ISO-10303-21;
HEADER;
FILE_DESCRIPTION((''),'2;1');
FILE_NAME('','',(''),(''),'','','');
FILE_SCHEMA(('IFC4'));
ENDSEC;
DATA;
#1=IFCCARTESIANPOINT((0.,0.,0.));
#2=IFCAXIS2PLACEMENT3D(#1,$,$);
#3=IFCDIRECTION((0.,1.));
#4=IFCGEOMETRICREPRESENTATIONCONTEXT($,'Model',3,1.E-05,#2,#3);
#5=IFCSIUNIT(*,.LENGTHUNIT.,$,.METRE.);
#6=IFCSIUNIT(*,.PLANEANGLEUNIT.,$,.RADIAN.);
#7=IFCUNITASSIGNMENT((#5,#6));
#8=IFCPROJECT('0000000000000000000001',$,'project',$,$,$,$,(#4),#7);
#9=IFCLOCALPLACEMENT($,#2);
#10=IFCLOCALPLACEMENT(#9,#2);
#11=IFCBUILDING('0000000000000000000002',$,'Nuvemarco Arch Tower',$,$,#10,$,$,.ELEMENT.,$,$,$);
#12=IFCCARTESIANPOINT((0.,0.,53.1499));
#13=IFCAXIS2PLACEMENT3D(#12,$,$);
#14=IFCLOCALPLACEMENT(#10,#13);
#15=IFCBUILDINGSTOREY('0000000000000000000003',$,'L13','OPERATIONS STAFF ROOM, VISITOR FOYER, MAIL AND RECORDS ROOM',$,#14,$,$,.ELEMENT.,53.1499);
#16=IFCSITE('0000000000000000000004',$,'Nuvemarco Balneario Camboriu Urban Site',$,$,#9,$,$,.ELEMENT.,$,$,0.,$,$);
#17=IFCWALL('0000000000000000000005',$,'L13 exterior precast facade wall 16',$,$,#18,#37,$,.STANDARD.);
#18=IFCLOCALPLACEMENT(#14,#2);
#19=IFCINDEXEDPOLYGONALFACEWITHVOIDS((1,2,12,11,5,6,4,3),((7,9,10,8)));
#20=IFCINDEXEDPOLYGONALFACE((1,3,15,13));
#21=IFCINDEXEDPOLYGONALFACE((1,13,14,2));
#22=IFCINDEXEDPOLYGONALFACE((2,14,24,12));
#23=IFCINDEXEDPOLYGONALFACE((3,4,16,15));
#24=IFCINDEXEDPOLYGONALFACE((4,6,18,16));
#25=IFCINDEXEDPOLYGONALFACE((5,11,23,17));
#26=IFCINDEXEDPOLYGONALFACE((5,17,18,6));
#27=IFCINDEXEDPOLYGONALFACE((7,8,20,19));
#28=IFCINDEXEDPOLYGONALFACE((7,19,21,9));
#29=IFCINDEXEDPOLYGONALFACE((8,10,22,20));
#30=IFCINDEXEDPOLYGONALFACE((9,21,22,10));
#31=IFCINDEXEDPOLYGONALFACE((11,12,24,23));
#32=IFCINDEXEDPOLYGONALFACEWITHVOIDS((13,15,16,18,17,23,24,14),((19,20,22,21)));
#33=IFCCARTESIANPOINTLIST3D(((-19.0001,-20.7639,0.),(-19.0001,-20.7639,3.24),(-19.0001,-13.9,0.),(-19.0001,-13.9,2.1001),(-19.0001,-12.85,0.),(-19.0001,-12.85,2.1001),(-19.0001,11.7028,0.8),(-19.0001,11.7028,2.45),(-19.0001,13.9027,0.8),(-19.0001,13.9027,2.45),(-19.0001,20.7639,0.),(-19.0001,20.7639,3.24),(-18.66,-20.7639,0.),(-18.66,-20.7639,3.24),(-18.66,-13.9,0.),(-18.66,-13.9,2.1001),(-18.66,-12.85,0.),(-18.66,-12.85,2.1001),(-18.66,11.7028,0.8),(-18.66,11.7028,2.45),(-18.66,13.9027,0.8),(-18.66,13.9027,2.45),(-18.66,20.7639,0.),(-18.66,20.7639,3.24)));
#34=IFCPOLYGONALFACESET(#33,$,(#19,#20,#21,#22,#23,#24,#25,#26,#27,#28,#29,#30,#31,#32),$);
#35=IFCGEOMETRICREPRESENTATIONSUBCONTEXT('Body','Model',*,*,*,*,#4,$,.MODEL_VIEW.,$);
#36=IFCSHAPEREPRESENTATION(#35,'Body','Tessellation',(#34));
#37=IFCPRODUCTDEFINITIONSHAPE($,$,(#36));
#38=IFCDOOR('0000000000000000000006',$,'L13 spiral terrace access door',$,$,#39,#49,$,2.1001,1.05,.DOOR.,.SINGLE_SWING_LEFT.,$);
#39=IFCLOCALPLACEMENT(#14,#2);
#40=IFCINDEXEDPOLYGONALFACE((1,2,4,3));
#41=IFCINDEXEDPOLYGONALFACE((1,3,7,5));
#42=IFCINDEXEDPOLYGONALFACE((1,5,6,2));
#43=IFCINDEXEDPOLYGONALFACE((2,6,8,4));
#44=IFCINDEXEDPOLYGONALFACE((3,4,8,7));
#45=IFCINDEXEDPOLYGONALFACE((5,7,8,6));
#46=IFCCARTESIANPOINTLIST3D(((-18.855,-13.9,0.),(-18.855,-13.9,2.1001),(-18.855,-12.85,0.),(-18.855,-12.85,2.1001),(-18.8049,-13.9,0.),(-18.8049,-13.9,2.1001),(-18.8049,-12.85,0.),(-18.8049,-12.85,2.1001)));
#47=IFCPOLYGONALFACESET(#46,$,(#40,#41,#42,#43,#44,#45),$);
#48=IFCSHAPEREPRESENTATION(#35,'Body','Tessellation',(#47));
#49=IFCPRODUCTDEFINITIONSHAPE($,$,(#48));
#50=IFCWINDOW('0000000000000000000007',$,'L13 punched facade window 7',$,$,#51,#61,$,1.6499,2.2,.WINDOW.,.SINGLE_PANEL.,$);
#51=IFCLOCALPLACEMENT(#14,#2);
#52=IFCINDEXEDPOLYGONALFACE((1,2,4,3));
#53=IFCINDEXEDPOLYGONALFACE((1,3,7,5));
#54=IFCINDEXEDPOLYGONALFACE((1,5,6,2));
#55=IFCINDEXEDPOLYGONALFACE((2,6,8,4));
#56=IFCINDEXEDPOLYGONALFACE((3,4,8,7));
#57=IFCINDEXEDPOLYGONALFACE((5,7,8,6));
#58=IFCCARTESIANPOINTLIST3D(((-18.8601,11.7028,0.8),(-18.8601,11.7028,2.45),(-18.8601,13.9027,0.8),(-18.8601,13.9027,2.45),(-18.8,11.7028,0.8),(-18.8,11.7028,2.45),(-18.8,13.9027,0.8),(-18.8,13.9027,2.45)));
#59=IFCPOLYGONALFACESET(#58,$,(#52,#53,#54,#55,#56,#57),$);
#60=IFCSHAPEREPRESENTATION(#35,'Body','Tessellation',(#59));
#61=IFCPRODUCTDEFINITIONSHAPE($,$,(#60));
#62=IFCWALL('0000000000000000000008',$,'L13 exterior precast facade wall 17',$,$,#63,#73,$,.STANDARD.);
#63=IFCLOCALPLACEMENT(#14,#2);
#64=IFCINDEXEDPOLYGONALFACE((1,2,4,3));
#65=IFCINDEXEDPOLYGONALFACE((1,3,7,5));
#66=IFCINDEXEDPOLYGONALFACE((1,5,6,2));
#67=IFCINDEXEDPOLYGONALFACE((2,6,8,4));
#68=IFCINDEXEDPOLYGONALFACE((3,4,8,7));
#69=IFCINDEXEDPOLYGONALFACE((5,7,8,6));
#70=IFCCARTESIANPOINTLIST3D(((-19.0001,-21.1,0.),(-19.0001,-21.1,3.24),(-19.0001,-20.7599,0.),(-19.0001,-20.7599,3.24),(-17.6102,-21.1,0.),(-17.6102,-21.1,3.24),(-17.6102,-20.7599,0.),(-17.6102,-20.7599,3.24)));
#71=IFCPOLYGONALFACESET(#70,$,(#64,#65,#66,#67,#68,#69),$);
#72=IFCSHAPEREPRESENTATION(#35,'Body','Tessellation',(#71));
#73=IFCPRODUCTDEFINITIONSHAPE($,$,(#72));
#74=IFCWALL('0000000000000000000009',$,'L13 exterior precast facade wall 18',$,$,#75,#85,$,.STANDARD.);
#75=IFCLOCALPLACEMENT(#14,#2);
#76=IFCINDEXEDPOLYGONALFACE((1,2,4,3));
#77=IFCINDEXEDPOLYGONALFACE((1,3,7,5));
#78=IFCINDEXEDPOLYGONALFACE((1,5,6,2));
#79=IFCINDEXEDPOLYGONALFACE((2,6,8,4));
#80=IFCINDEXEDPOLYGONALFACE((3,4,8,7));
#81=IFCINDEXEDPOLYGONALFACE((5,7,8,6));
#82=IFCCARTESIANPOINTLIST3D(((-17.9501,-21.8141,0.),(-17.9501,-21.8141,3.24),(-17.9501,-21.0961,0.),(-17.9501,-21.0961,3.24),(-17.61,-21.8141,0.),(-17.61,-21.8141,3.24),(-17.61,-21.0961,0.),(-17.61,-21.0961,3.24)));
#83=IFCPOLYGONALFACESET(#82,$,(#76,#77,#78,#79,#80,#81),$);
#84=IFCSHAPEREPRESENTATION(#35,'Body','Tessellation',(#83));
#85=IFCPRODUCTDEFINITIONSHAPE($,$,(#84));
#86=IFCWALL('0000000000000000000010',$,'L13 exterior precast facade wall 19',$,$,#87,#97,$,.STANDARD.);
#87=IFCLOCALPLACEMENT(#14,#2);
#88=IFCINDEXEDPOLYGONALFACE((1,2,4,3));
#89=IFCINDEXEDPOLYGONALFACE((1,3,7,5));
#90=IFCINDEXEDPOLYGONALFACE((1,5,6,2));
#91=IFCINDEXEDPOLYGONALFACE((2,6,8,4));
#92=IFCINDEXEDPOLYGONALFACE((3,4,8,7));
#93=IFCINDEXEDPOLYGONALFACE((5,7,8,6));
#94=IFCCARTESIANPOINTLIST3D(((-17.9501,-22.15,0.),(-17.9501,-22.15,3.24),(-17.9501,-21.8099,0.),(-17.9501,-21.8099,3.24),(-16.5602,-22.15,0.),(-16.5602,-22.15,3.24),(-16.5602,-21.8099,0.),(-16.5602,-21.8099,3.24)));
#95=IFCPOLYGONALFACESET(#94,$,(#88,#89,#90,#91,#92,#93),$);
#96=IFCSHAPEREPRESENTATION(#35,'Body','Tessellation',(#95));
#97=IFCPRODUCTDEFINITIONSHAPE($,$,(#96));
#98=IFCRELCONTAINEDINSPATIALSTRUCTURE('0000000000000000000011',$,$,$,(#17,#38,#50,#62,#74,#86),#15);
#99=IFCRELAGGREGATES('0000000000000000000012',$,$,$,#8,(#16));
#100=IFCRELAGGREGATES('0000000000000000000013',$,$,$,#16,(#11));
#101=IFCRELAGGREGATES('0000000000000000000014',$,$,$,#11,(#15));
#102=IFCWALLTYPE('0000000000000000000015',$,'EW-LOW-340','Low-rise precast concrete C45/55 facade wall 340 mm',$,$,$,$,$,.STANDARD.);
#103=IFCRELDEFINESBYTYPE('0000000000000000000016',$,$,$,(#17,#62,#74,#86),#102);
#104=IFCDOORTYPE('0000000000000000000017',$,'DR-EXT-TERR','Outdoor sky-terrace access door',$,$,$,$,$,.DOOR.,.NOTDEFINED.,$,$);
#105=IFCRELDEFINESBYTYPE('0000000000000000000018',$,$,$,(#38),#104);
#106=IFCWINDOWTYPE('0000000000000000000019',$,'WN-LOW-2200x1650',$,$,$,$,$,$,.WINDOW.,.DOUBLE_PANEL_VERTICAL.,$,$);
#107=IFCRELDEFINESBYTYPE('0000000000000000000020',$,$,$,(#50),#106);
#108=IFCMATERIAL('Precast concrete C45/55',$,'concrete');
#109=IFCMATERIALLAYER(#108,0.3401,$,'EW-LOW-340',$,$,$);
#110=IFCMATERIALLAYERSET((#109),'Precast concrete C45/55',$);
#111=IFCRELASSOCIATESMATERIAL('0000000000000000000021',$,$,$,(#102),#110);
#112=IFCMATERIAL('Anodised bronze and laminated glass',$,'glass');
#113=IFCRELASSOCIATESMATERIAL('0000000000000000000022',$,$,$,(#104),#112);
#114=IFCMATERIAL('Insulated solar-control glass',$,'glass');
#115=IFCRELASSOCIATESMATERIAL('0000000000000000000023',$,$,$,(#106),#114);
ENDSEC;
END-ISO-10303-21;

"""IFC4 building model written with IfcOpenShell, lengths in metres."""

from ifc_helpers import new_model, si_unit, direction, frame, frame_2d, origin, place, context, subcontext, project, spatial, rectangle, extrude, source, transform, mapped, material, layer, layer_set, type_object, type_shapes, element, fill, save


model = new_model("IFC4")

# Units and contexts
model_context = context("Model", 3, precision=1e-05, world=origin(), true_north=direction((0.0, 1.0)))
body_context = subcontext(model_context, "Body", "Model", "MODEL_VIEW")
ifc_project = project(units=[si_unit("LENGTHUNIT", "METRE"), si_unit("PLANEANGLEUNIT", "RADIAN")], contexts=[model_context])

# Site, building, storey
site_placement = place(None, origin())
site = spatial("IfcSite", under=ifc_project, at=site_placement, Name="Nuvemarco Balneario Camboriu Urban Site", CompositionType="ELEMENT", RefElevation=0.0)
building_placement = place(site_placement, origin())
building = spatial("IfcBuilding", under=site, at=building_placement, Name="Nuvemarco Arch Tower", CompositionType="ELEMENT")
storey_placement = place(building_placement, frame((0.0, 0.0, 53.1499)))
storey = spatial("IfcBuildingStorey", under=building, at=storey_placement, Name="L13", Description="OPERATIONS STAFF ROOM, VISITOR FOYER, MAIL AND RECORDS ROOM", CompositionType="ELEMENT", Elevation=53.1499)

# Shared definitions
ifc_material_1 = material(Name="Precast concrete C45/55", Category="concrete")

# Shared definitions
ifc_layer_1 = layer(ifc_material_1, 0.3401, Name="EW-LOW-340")
ifc_layer_set_1 = layer_set([ifc_layer_1], Name="Precast concrete C45/55")
wall_type = type_object("IfcWallType", Name="EW-LOW-340", Description="Low-rise precast concrete C45/55 facade wall 340 mm", PredefinedType="STANDARD", material=ifc_layer_set_1)
ifc_material_2 = material(Name="Insulated solar-control glass", Category="glass")

# Wall, openings, door, window
wall_1_placement = place(storey_placement, frame((-18.8301, -20.7639, 0.0), z_axis=(0.0, 0.0, 1.0), x_axis=(0.0, 1.0, 0.0)))
wall_1 = element("IfcWall", 1, at=wall_1_placement, inside=storey, type_object=wall_type, Name="L13 exterior precast facade wall 16", PredefinedType="STANDARD", context=body_context, shape_type="SweptSolid", body=[
    extrude(rectangle(XDim=41.5278, YDim=0.3401, at=frame_2d((20.7639, 0.0))), origin(), (0.0, 0.0, 1.0), 3.24),
])
opening_1_placement = place(wall_1_placement, frame((6.864, 0.0, 0.0)))
opening_1 = element("IfcOpeningElement", 2, at=opening_1_placement, cuts=wall_1, PredefinedType="OPENING", context=body_context, shape_type="SweptSolid", body=[
    extrude(rectangle(XDim=1.05, YDim=2.1001, at=frame_2d((0.5249, 1.05))), frame((0.0, 0.1799, 0.0), z_axis=(0.0, -1.0, 0.0), x_axis=(1.0, 0.0, 0.0)), (0.0, 0.0, 1.0), 0.3601),
])
opening_2_placement = place(wall_1_placement, frame((32.4666, 0.0, 0.8)))
opening_2 = element("IfcOpeningElement", 3, at=opening_2_placement, cuts=wall_1, PredefinedType="OPENING", context=body_context, shape_type="SweptSolid", body=[
    extrude(rectangle(XDim=2.2, YDim=1.6499, at=frame_2d((1.1001, 0.825))), frame((0.0, 0.1799, 0.0), z_axis=(0.0, -1.0, 0.0), x_axis=(1.0, 0.0, 0.0)), (0.0, 0.0, 1.0), 0.3601),
])
ifc_material_3 = material(Name="Anodised bronze and laminated glass", Category="glass")
door_type = type_object("IfcDoorType", Name="DR-EXT-TERR", Description="Outdoor sky-terrace access door", OperationType="NOTDEFINED", PredefinedType="DOOR", material=ifc_material_3)
shared_shape_1 = source(origin(), body_context, "Body", "SweptSolid", [
    extrude(rectangle(XDim=1.05, YDim=2.1001, at=frame_2d((0.5249, 1.05))), frame((0.0, 0.0249, 0.0), z_axis=(0.0, -1.0, 0.0), x_axis=(1.0, 0.0, 0.0)), (0.0, 0.0, 1.0), 0.05),
])
type_shapes(door_type, [shared_shape_1])
door_placement = place(opening_1_placement, origin())
door = element("IfcDoor", 4, at=door_placement, inside=storey, type_object=door_type, Name="L13 spiral terrace access door", OperationType="SINGLE_SWING_LEFT", OverallHeight=2.1001, OverallWidth=1.05, PredefinedType="DOOR", context=body_context, shape_type="MappedRepresentation", body=[
    mapped(shared_shape_1, transform((0.0, 0.0, 0.0), scale=1.0)),
])
fill(opening_1, door)
window_type_1 = type_object("IfcWindowType", Name="WN-LOW-2200x1650", PartitioningType="DOUBLE_PANEL_VERTICAL", PredefinedType="WINDOW", material=ifc_material_2)
shared_shape_2 = source(origin(), body_context, "Body", "SweptSolid", [
    extrude(rectangle(XDim=2.2, YDim=1.6499, at=frame_2d((1.1001, 0.825))), frame((0.0, 0.03, 0.0), z_axis=(0.0, -1.0, 0.0), x_axis=(1.0, 0.0, 0.0)), (0.0, 0.0, 1.0), 0.0601),
])
type_shapes(window_type_1, [shared_shape_2])
window_1_placement = place(opening_2_placement, origin())
window_1 = element("IfcWindow", 5, at=window_1_placement, inside=storey, type_object=window_type_1, Name="L13 punched facade window 7", OverallHeight=1.6499, OverallWidth=2.2, PartitioningType="SINGLE_PANEL", PredefinedType="WINDOW", context=body_context, shape_type="MappedRepresentation", body=[
    mapped(shared_shape_2, transform((0.0, 0.0, 0.0), scale=1.0)),
])
fill(opening_2, window_1)

# Walls
wall_2_placement = place(storey_placement, frame((-19.0, -20.9299, 0.0), z_axis=(0.0, 0.0, 1.0), x_axis=(1.0, 0.0, 0.0)))
element("IfcWall", 6, at=wall_2_placement, inside=storey, type_object=wall_type, Name="L13 exterior precast facade wall 17", PredefinedType="STANDARD", context=body_context, shape_type="SweptSolid", body=[
    extrude(rectangle(XDim=1.3899, YDim=0.3401, at=frame_2d((0.6948, 0.0))), origin(), (0.0, 0.0, 1.0), 3.24),
])
wall_3_placement = place(storey_placement, frame((-17.78, -21.814, 0.0), z_axis=(0.0, 0.0, 1.0), x_axis=(0.0, 1.0, 0.0)))
element("IfcWall", 7, at=wall_3_placement, inside=storey, type_object=wall_type, Name="L13 exterior precast facade wall 18", PredefinedType="STANDARD", context=body_context, shape_type="SweptSolid", body=[
    extrude(rectangle(XDim=0.718, YDim=0.3401, at=frame_2d((0.3589, 0.0))), origin(), (0.0, 0.0, 1.0), 3.24),
])
wall_4_placement = place(storey_placement, frame((-17.95, -21.98, 0.0), z_axis=(0.0, 0.0, 1.0), x_axis=(1.0, 0.0, 0.0)))
element("IfcWall", 8, at=wall_4_placement, inside=storey, type_object=wall_type, Name="L13 exterior precast facade wall 19", PredefinedType="STANDARD", context=body_context, shape_type="SweptSolid", body=[
    extrude(rectangle(XDim=1.3899, YDim=0.3401, at=frame_2d((0.6948, 0.0))), origin(), (0.0, 0.0, 1.0), 3.24),
])

save(model, "model.ifc")
